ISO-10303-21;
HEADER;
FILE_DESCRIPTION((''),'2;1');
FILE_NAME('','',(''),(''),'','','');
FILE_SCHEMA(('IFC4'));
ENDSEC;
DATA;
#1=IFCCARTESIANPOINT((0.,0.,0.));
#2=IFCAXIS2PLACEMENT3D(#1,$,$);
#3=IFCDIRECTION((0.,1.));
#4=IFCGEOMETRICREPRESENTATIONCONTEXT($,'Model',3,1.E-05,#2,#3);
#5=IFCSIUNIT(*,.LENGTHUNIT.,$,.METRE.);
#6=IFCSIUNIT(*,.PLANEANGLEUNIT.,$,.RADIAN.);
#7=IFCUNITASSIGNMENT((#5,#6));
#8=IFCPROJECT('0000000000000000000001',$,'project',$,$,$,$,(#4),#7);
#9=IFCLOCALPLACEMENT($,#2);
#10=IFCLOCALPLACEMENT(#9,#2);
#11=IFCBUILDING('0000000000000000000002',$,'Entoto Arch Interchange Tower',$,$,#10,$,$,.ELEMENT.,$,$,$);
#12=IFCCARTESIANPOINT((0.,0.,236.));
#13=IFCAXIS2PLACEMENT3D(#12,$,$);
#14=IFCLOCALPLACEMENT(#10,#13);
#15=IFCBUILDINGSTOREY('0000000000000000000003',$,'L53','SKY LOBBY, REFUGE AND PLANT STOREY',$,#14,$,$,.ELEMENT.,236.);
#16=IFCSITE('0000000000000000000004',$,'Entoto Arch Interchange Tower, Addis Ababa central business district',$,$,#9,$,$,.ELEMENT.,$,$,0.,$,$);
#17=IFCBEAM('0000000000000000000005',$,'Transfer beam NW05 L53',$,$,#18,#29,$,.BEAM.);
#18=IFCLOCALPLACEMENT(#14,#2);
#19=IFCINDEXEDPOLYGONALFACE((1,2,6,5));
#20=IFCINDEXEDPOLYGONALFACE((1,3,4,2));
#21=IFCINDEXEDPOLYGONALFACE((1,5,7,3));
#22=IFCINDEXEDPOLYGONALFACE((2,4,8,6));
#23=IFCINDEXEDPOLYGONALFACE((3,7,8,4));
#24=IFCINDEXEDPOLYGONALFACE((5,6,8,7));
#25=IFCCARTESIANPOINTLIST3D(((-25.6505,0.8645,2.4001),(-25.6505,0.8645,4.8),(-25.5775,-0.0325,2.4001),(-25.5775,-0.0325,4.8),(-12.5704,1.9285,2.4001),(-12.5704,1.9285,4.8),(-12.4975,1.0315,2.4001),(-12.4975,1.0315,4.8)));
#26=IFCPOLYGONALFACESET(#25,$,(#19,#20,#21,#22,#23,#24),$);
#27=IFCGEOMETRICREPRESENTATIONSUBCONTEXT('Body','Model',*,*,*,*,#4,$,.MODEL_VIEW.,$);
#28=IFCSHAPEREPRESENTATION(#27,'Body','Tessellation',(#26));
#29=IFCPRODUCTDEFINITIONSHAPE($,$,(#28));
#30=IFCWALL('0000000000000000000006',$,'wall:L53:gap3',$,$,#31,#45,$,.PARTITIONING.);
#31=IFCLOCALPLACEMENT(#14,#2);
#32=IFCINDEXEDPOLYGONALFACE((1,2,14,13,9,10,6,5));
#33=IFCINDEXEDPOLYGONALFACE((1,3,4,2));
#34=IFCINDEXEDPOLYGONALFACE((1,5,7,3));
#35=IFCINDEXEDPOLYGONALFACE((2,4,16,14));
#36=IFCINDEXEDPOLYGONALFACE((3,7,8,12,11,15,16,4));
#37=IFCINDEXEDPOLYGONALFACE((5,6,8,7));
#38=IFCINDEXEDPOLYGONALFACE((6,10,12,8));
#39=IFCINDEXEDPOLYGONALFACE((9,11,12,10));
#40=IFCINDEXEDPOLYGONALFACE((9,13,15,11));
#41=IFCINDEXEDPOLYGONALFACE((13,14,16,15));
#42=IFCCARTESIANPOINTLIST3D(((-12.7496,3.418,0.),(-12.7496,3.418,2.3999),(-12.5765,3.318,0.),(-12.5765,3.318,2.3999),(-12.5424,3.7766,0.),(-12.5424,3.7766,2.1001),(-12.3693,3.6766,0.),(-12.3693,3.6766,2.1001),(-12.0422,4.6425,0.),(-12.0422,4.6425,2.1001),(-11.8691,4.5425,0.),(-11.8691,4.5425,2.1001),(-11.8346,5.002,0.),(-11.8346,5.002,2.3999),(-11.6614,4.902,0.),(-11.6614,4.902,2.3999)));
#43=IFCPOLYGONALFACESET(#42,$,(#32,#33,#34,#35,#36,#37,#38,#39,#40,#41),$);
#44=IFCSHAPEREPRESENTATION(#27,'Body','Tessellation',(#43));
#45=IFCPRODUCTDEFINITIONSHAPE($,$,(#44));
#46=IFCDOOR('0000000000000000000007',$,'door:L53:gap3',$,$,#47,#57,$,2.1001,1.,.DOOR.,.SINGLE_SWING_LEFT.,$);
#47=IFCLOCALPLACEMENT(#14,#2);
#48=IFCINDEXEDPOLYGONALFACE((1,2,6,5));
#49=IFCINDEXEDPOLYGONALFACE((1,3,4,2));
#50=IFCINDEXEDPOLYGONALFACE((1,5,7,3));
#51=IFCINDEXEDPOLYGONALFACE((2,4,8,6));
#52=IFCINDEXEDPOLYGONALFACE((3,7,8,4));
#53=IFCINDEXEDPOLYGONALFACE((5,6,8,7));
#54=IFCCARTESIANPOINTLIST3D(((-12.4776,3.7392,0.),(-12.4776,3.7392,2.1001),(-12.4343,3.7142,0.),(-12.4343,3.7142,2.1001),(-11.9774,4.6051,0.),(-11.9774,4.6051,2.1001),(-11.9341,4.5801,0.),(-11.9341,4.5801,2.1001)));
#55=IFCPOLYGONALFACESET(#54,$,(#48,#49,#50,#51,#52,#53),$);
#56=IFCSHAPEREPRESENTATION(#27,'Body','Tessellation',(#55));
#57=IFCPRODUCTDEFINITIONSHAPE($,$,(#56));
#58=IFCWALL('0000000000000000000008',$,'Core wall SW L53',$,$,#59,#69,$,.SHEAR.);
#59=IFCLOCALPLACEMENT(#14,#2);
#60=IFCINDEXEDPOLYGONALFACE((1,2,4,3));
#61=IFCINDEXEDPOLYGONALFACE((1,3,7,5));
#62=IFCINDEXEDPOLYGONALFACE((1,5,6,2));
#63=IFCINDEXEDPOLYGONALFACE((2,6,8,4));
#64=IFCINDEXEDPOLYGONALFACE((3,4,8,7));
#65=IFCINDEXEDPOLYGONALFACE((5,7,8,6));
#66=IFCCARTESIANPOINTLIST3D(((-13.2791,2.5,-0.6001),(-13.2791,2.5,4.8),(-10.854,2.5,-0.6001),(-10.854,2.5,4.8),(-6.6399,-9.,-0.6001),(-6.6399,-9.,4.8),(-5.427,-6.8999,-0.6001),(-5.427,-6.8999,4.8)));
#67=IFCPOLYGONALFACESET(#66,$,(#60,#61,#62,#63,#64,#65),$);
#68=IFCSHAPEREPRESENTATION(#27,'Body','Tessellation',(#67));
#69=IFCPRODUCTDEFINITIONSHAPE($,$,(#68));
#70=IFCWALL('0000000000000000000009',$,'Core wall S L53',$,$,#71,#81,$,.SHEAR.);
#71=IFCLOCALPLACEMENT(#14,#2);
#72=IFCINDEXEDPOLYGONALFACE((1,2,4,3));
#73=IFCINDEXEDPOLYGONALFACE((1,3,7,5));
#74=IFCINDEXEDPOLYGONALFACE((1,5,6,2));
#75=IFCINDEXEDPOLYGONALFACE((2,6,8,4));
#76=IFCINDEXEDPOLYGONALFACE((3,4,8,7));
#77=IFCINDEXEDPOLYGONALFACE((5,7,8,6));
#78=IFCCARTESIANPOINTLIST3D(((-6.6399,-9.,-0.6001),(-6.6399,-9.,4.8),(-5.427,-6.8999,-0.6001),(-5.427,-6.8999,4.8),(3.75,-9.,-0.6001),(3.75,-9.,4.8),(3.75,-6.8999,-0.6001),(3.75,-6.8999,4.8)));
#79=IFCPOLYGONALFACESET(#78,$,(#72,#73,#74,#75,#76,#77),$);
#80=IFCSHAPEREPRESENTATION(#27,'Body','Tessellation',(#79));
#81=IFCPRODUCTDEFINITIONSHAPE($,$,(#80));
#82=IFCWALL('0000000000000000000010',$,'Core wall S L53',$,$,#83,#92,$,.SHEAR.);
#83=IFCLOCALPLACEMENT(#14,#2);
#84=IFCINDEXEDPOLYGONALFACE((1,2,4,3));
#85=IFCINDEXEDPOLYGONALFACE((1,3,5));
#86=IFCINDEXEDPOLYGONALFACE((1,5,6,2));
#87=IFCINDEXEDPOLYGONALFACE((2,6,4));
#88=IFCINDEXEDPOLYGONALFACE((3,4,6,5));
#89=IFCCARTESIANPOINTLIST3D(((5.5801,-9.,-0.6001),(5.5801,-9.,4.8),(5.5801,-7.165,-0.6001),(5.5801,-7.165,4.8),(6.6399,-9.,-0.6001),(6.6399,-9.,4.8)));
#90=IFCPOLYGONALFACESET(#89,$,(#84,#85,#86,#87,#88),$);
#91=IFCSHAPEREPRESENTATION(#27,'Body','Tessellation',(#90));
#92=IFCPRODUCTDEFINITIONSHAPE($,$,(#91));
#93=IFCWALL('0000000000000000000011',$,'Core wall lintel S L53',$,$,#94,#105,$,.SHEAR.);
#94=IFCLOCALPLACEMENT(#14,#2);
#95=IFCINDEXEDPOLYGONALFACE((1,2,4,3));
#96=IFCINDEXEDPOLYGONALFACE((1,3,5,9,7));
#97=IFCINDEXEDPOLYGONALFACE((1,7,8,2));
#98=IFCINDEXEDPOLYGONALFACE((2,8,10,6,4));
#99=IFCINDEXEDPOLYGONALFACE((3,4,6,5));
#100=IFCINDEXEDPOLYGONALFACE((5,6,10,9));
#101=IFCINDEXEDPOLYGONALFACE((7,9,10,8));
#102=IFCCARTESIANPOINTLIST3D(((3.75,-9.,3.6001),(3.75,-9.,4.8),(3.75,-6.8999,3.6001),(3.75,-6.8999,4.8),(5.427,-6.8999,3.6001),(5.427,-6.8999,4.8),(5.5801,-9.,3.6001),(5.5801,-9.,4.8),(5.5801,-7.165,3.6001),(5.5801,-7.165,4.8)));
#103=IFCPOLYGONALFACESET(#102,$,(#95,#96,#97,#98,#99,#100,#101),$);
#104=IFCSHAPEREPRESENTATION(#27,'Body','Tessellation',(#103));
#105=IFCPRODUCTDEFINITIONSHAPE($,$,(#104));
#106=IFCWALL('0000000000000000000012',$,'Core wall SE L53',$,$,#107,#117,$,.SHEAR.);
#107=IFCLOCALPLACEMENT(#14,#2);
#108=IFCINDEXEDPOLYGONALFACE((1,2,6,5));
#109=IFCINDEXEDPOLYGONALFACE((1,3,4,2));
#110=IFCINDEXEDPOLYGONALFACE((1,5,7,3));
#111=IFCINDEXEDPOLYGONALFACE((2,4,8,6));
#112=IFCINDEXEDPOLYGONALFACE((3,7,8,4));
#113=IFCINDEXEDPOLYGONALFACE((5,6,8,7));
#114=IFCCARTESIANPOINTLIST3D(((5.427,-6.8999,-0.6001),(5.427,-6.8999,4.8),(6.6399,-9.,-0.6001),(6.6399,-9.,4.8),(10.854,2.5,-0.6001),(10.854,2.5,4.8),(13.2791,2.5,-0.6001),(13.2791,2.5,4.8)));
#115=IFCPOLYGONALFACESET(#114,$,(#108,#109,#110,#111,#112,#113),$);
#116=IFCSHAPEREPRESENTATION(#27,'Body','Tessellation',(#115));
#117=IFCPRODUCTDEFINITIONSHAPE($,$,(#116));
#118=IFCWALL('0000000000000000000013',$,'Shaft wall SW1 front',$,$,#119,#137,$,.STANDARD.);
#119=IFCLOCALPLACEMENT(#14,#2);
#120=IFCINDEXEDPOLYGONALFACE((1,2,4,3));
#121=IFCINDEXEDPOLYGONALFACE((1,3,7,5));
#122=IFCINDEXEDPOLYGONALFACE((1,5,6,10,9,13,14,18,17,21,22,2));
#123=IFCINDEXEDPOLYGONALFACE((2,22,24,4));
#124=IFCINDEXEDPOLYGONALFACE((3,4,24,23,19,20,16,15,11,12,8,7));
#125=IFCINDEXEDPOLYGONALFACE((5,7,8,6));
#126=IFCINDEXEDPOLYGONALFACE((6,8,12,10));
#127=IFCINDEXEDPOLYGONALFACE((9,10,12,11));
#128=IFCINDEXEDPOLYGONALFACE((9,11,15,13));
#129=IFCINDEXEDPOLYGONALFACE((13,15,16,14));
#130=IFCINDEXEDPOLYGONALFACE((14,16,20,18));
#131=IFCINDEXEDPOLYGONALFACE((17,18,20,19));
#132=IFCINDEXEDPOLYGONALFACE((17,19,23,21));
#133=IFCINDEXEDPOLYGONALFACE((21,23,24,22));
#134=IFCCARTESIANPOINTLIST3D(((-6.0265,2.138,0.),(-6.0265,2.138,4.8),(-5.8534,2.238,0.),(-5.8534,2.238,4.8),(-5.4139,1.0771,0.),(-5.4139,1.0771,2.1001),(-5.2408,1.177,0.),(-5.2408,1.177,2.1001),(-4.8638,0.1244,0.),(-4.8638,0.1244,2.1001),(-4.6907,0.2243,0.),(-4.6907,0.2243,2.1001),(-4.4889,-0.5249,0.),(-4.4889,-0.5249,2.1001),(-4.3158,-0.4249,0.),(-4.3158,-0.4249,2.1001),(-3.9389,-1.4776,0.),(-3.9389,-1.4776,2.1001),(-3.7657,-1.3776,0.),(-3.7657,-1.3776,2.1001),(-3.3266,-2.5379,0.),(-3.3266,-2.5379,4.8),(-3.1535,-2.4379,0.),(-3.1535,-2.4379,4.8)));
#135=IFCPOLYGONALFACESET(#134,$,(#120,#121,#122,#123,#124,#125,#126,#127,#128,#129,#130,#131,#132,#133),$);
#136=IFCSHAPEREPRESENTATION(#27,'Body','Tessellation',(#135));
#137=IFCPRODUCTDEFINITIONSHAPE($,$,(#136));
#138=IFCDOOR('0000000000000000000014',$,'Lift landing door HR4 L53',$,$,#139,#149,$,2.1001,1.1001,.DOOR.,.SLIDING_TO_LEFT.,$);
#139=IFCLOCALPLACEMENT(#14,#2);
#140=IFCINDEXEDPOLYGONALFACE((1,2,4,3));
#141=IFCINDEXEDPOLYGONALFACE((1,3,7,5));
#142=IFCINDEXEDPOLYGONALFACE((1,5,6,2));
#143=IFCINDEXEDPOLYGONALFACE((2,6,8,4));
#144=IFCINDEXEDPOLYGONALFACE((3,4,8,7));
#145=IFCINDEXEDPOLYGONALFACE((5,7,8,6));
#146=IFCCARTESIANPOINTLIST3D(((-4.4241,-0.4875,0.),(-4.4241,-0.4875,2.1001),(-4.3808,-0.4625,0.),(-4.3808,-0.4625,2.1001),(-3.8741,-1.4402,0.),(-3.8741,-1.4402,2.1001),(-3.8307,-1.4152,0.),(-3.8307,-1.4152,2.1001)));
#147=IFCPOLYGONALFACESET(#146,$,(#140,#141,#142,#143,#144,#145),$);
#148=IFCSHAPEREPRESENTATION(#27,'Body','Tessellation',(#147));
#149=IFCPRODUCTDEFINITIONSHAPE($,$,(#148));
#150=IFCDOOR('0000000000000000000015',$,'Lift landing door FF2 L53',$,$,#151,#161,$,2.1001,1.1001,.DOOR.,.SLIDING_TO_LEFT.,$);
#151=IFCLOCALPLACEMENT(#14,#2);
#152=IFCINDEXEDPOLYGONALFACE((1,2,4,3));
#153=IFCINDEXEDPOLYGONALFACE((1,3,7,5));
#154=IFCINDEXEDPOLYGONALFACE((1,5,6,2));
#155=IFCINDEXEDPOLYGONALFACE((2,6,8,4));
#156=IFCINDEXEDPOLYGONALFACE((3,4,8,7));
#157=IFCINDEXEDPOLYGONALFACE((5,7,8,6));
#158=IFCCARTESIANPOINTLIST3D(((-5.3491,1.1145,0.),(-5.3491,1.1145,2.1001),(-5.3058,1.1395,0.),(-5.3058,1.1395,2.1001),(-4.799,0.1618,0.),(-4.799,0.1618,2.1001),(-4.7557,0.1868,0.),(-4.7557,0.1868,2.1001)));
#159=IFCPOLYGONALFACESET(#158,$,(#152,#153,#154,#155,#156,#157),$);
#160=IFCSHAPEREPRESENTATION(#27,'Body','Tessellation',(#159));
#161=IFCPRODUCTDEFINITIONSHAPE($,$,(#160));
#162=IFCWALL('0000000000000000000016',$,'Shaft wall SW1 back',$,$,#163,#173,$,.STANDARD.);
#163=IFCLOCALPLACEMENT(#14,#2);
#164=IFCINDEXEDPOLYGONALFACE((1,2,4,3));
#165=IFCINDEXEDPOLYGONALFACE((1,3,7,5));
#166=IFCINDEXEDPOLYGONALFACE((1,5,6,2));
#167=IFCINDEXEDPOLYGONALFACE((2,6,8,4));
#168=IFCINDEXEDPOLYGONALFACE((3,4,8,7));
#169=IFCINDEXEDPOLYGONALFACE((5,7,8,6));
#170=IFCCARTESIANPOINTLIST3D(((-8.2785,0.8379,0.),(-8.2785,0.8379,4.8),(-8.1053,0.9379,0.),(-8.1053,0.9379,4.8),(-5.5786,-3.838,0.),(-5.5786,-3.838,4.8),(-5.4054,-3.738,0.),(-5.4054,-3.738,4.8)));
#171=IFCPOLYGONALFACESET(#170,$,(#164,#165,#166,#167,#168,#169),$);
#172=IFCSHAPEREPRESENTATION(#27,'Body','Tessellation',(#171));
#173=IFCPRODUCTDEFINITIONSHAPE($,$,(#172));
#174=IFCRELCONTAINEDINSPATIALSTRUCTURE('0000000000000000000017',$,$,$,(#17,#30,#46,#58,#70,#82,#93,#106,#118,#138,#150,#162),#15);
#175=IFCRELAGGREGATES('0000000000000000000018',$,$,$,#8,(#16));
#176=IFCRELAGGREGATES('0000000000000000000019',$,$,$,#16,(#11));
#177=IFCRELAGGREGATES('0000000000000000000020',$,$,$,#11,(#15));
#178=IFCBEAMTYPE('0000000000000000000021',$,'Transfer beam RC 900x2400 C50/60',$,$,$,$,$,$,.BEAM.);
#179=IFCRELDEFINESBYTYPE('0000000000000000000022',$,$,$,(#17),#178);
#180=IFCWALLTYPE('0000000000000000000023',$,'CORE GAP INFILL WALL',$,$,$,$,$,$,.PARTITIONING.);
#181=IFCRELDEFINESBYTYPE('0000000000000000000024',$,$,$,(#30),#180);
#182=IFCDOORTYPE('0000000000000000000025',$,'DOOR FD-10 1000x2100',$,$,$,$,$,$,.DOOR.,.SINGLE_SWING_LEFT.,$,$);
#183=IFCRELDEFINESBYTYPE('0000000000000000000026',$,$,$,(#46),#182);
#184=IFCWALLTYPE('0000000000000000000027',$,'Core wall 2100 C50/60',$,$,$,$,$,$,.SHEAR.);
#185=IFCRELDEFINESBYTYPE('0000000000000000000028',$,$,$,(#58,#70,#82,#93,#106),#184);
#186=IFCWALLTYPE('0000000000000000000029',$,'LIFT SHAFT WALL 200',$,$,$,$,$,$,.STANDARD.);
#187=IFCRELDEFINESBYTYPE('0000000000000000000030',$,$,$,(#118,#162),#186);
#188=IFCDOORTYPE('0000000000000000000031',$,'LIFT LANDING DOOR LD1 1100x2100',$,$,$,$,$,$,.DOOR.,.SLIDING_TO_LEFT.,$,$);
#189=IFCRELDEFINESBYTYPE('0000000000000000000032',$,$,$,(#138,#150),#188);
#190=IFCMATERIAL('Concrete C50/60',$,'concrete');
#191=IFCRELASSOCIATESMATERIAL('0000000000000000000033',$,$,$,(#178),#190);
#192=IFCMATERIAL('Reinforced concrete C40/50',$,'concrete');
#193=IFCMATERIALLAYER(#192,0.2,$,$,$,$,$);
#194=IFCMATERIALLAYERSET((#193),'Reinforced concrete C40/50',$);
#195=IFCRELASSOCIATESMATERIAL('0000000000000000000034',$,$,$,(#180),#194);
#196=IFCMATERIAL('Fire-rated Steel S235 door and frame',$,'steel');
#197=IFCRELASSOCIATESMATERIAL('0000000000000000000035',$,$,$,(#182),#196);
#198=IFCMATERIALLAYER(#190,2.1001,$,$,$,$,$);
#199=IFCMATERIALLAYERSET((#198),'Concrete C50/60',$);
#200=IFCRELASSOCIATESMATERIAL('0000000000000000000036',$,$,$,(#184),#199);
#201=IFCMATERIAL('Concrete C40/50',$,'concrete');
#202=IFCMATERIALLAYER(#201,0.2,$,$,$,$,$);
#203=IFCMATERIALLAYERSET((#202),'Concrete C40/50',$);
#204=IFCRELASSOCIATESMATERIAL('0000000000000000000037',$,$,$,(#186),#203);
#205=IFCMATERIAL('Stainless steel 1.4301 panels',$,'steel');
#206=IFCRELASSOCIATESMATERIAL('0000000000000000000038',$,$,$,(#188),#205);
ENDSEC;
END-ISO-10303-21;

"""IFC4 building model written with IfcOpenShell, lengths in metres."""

from ifc_helpers import new_model, si_unit, direction, frame, frame_2d, origin, origin_2d, place, context, subcontext, project, spatial, polyline, rectangle, outline, extrude, material, layer, layer_set, material_profile, profile_set, type_object, element, fill, save


model = new_model("IFC4")

# Units and contexts
model_context = context("Model", 3, precision=1e-05, world=origin(), true_north=direction((0.0, 1.0)))
body_context = subcontext(model_context, "Body", "Model", "MODEL_VIEW")
ifc_project = project(units=[si_unit("LENGTHUNIT", "METRE"), si_unit("PLANEANGLEUNIT", "RADIAN")], contexts=[model_context])

# Site, building, storey
site_placement = place(None, origin())
site = spatial("IfcSite", under=ifc_project, at=site_placement, Name="Entoto Arch Interchange Tower, Addis Ababa central business district", CompositionType="ELEMENT", RefElevation=0.0)
building_placement = place(site_placement, origin())
building = spatial("IfcBuilding", under=site, at=building_placement, Name="Entoto Arch Interchange Tower", CompositionType="ELEMENT")
storey_placement = place(building_placement, frame((0.0, 0.0, 236.0)))
storey = spatial("IfcBuildingStorey", under=building, at=storey_placement, Name="L53", Description="SKY LOBBY, REFUGE AND PLANT STOREY", CompositionType="ELEMENT", Elevation=236.0)

# Beam
ifc_material_1 = material(Name="Concrete C50/60", Category="concrete")
ifc_material_profile = material_profile(ifc_material_1, rectangle(XDim=0.8999, YDim=2.3999, at=origin_2d()))
ifc_profile_set = profile_set([ifc_material_profile], Name="Concrete C50/60")
beam_type = type_object("IfcBeamType", Name="Transfer beam RC 900x2400 C50/60", PredefinedType="BEAM", material=ifc_profile_set)
beam_placement = place(storey_placement, frame((-12.5339, 1.48, 3.6001), z_axis=(-0.996708, -0.081075, 0.0), x_axis=(0.081075, -0.996708, 0.0)))
element("IfcBeam", 1, at=beam_placement, inside=storey, type_object=beam_type, Name="Transfer beam NW05 L53", PredefinedType="BEAM", context=body_context, shape_type="SweptSolid", body=[
    extrude(rectangle(XDim=0.8999, YDim=2.3999, at=origin_2d()), origin(), (0.0, 0.0, 1.0), 13.1233),
])

# Wall, opening, door
ifc_material_2 = material(Name="Reinforced concrete C40/50", Category="concrete")
ifc_layer_1 = layer(ifc_material_2, 0.2)
ifc_layer_set_1 = layer_set([ifc_layer_1], Name="Reinforced concrete C40/50")
wall_type_1 = type_object("IfcWallType", Name="CORE GAP INFILL WALL", PredefinedType="PARTITIONING", material=ifc_layer_set_1)
wall_1_placement = place(storey_placement, frame((-11.748, 4.9519, 0.0), z_axis=(0.0, 0.0, 1.0), x_axis=(-0.500215, -0.865901, 0.0)))
wall_1 = element("IfcWall", 2, at=wall_1_placement, inside=storey, type_object=wall_type_1, Name="wall:L53:gap3", PredefinedType="PARTITIONING", context=body_context, shape_type="SweptSolid", body=[
    extrude(rectangle(XDim=1.8293, YDim=0.2, at=frame_2d((0.9146, 0.0))), origin(), (0.0, 0.0, 1.0), 2.3999),
])
opening_1_placement = place(wall_1_placement, frame((0.415, 0.0, 0.0)))
opening_1 = element("IfcOpeningElement", 3, at=opening_1_placement, cuts=wall_1, PredefinedType="OPENING", context=body_context, shape_type="SweptSolid", body=[
    extrude(rectangle(XDim=1.0, YDim=2.1001, at=frame_2d((0.5, 1.05))), frame((0.0, 0.1099, 0.0), z_axis=(0.0, -1.0, 0.0), x_axis=(1.0, 0.0, 0.0)), (0.0, 0.0, 1.0), 0.22),
])
ifc_material_3 = material(Name="Fire-rated Steel S235 door and frame", Category="steel")
door_type_1 = type_object("IfcDoorType", Name="DOOR FD-10 1000x2100", OperationType="SINGLE_SWING_LEFT", PredefinedType="DOOR", material=ifc_material_3)
door_1_placement = place(opening_1_placement, origin())
door_1 = element("IfcDoor", 4, at=door_1_placement, inside=storey, type_object=door_type_1, Name="door:L53:gap3", OperationType="SINGLE_SWING_LEFT", OverallHeight=2.1001, OverallWidth=1.0, PredefinedType="DOOR", context=body_context, shape_type="SweptSolid", body=[
    extrude(rectangle(XDim=1.0, YDim=2.1001, at=frame_2d((0.5, 1.05))), frame((0.0, 0.0249, 0.0), z_axis=(0.0, -1.0, 0.0), x_axis=(1.0, 0.0, 0.0)), (0.0, 0.0, 1.0), 0.05),
])
fill(opening_1, door_1)

# Walls
ifc_layer_2 = layer(ifc_material_1, 2.1001)
ifc_layer_set_2 = layer_set([ifc_layer_2], Name="Concrete C50/60")
wall_type_2 = type_object("IfcWallType", Name="Core wall 2100 C50/60", PredefinedType="SHEAR", material=ifc_layer_set_2)
wall_2_placement = place(storey_placement, frame((0.0, 0.0, -0.6001)))
element("IfcWall", 5, at=wall_2_placement, inside=storey, type_object=wall_type_2, Name="Core wall SW L53", PredefinedType="SHEAR", context=body_context, shape_type="SweptSolid", body=[
    extrude(outline(polyline([(-13.2791, 2.5), (-6.6399, -9.0), (-5.427, -6.8999), (-10.854, 2.5), (-13.2791, 2.5)])), origin(), (0.0, 0.0, 1.0), 5.4001),
])
wall_3_placement = place(storey_placement, frame((0.0, 0.0, -0.6001)))
element("IfcWall", 6, at=wall_3_placement, inside=storey, type_object=wall_type_2, Name="Core wall S L53", PredefinedType="SHEAR", context=body_context, shape_type="SweptSolid", body=[
    extrude(outline(polyline([(3.75, -9.0), (3.75, -6.8999), (-5.427, -6.8999), (-6.6399, -9.0), (3.75, -9.0)])), origin(), (0.0, 0.0, 1.0), 5.4001),
])
wall_4_placement = place(storey_placement, frame((0.0, 0.0, -0.6001)))
element("IfcWall", 7, at=wall_4_placement, inside=storey, type_object=wall_type_2, Name="Core wall S L53", PredefinedType="SHEAR", context=body_context, shape_type="SweptSolid", body=[
    extrude(outline(polyline([(5.5801, -7.165), (5.5801, -9.0), (6.6399, -9.0), (5.5801, -7.165)])), origin(), (0.0, 0.0, 1.0), 5.4001),
])
wall_5_placement = place(storey_placement, frame((0.0, 0.0, 3.6001)))
element("IfcWall", 8, at=wall_5_placement, inside=storey, type_object=wall_type_2, Name="Core wall lintel S L53", PredefinedType="SHEAR", context=body_context, shape_type="SweptSolid", body=[
    extrude(outline(polyline([(5.5801, -9.0), (5.5801, -7.165), (5.427, -6.8999), (3.75, -6.8999), (3.75, -9.0), (5.5801, -9.0)])), origin(), (0.0, 0.0, 1.0), 1.2),
])
wall_6_placement = place(storey_placement, frame((0.0, 0.0, -0.6001)))
element("IfcWall", 9, at=wall_6_placement, inside=storey, type_object=wall_type_2, Name="Core wall SE L53", PredefinedType="SHEAR", context=body_context, shape_type="SweptSolid", body=[
    extrude(outline(polyline([(6.6399, -9.0), (13.2791, 2.5), (10.854, 2.5), (5.427, -6.8999), (6.6399, -9.0)])), origin(), (0.0, 0.0, 1.0), 5.4001),
])

# Wall, openings, doors
ifc_material_4 = material(Name="Concrete C40/50", Category="concrete")
ifc_layer_3 = layer(ifc_material_4, 0.2)
ifc_layer_set_3 = layer_set([ifc_layer_3], Name="Concrete C40/50")
wall_type_3 = type_object("IfcWallType", Name="LIFT SHAFT WALL 200", PredefinedType="STANDARD", material=ifc_layer_set_3)
wall_7_placement = place(storey_placement, frame((-5.9399, 2.188, 0.0), z_axis=(0.0, 0.0, 1.0), x_axis=(0.500034, -0.866006, 0.0)))
wall_7 = element("IfcWall", 10, at=wall_7_placement, inside=storey, type_object=wall_type_3, Name="Shaft wall SW1 front", PredefinedType="STANDARD", context=body_context, shape_type="SweptSolid", body=[
    extrude(rectangle(XDim=5.3994, YDim=0.2, at=frame_2d((2.6997, 0.0))), origin(), (0.0, 0.0, 1.0), 4.8),
])
opening_2_placement = place(wall_7_placement, frame((3.075, 0.0, 0.0)))
opening_2 = element("IfcOpeningElement", 11, at=opening_2_placement, cuts=wall_7, PredefinedType="OPENING", context=body_context, shape_type="SweptSolid", body=[
    extrude(rectangle(XDim=1.1001, YDim=2.1001, at=frame_2d((0.55, 1.05))), frame((0.0, 0.1099, 0.0), z_axis=(0.0, -1.0, 0.0), x_axis=(1.0, 0.0, 0.0)), (0.0, 0.0, 1.0), 0.22),
])
opening_3_placement = place(wall_7_placement, frame((1.2251, 0.0, 0.0)))
opening_3 = element("IfcOpeningElement", 12, at=opening_3_placement, cuts=wall_7, PredefinedType="OPENING", context=body_context, shape_type="SweptSolid", body=[
    extrude(rectangle(XDim=1.1001, YDim=2.1001, at=frame_2d((0.55, 1.05))), frame((0.0, 0.1099, 0.0), z_axis=(0.0, -1.0, 0.0), x_axis=(1.0, 0.0, 0.0)), (0.0, 0.0, 1.0), 0.22),
])
ifc_material_5 = material(Name="Stainless steel 1.4301 panels", Category="steel")
door_type_2 = type_object("IfcDoorType", Name="LIFT LANDING DOOR LD1 1100x2100", OperationType="SLIDING_TO_LEFT", PredefinedType="DOOR", material=ifc_material_5)
door_2_placement = place(opening_2_placement, origin())
door_2 = element("IfcDoor", 13, at=door_2_placement, inside=storey, type_object=door_type_2, Name="Lift landing door HR4 L53", OperationType="SLIDING_TO_LEFT", OverallHeight=2.1001, OverallWidth=1.1001, PredefinedType="DOOR", context=body_context, shape_type="SweptSolid", body=[
    extrude(rectangle(XDim=1.1001, YDim=2.1001, at=frame_2d((0.55, 1.05))), frame((0.0, 0.0249, 0.0), z_axis=(0.0, -1.0, 0.0), x_axis=(1.0, 0.0, 0.0)), (0.0, 0.0, 1.0), 0.05),
])
fill(opening_2, door_2)
door_3_placement = place(opening_3_placement, origin())
door_3 = element("IfcDoor", 14, at=door_3_placement, inside=storey, type_object=door_type_2, Name="Lift landing door FF2 L53", OperationType="SLIDING_TO_LEFT", OverallHeight=2.1001, OverallWidth=1.1001, PredefinedType="DOOR", context=body_context, shape_type="SweptSolid", body=[
    extrude(rectangle(XDim=1.1001, YDim=2.1001, at=frame_2d((0.55, 1.05))), frame((0.0, 0.0249, 0.0), z_axis=(0.0, -1.0, 0.0), x_axis=(1.0, 0.0, 0.0)), (0.0, 0.0, 1.0), 0.05),
])
fill(opening_3, door_3)

# Wall
wall_8_placement = place(storey_placement, frame((-8.1919, 0.8879, 0.0), z_axis=(0.0, 0.0, 1.0), x_axis=(0.500034, -0.866006, 0.0)))
element("IfcWall", 15, at=wall_8_placement, inside=storey, type_object=wall_type_3, Name="Shaft wall SW1 back", PredefinedType="STANDARD", context=body_context, shape_type="SweptSolid", body=[
    extrude(rectangle(XDim=5.3994, YDim=0.2, at=frame_2d((2.6997, 0.0))), origin(), (0.0, 0.0, 1.0), 4.8),
])

save(model, "model.ifc")
